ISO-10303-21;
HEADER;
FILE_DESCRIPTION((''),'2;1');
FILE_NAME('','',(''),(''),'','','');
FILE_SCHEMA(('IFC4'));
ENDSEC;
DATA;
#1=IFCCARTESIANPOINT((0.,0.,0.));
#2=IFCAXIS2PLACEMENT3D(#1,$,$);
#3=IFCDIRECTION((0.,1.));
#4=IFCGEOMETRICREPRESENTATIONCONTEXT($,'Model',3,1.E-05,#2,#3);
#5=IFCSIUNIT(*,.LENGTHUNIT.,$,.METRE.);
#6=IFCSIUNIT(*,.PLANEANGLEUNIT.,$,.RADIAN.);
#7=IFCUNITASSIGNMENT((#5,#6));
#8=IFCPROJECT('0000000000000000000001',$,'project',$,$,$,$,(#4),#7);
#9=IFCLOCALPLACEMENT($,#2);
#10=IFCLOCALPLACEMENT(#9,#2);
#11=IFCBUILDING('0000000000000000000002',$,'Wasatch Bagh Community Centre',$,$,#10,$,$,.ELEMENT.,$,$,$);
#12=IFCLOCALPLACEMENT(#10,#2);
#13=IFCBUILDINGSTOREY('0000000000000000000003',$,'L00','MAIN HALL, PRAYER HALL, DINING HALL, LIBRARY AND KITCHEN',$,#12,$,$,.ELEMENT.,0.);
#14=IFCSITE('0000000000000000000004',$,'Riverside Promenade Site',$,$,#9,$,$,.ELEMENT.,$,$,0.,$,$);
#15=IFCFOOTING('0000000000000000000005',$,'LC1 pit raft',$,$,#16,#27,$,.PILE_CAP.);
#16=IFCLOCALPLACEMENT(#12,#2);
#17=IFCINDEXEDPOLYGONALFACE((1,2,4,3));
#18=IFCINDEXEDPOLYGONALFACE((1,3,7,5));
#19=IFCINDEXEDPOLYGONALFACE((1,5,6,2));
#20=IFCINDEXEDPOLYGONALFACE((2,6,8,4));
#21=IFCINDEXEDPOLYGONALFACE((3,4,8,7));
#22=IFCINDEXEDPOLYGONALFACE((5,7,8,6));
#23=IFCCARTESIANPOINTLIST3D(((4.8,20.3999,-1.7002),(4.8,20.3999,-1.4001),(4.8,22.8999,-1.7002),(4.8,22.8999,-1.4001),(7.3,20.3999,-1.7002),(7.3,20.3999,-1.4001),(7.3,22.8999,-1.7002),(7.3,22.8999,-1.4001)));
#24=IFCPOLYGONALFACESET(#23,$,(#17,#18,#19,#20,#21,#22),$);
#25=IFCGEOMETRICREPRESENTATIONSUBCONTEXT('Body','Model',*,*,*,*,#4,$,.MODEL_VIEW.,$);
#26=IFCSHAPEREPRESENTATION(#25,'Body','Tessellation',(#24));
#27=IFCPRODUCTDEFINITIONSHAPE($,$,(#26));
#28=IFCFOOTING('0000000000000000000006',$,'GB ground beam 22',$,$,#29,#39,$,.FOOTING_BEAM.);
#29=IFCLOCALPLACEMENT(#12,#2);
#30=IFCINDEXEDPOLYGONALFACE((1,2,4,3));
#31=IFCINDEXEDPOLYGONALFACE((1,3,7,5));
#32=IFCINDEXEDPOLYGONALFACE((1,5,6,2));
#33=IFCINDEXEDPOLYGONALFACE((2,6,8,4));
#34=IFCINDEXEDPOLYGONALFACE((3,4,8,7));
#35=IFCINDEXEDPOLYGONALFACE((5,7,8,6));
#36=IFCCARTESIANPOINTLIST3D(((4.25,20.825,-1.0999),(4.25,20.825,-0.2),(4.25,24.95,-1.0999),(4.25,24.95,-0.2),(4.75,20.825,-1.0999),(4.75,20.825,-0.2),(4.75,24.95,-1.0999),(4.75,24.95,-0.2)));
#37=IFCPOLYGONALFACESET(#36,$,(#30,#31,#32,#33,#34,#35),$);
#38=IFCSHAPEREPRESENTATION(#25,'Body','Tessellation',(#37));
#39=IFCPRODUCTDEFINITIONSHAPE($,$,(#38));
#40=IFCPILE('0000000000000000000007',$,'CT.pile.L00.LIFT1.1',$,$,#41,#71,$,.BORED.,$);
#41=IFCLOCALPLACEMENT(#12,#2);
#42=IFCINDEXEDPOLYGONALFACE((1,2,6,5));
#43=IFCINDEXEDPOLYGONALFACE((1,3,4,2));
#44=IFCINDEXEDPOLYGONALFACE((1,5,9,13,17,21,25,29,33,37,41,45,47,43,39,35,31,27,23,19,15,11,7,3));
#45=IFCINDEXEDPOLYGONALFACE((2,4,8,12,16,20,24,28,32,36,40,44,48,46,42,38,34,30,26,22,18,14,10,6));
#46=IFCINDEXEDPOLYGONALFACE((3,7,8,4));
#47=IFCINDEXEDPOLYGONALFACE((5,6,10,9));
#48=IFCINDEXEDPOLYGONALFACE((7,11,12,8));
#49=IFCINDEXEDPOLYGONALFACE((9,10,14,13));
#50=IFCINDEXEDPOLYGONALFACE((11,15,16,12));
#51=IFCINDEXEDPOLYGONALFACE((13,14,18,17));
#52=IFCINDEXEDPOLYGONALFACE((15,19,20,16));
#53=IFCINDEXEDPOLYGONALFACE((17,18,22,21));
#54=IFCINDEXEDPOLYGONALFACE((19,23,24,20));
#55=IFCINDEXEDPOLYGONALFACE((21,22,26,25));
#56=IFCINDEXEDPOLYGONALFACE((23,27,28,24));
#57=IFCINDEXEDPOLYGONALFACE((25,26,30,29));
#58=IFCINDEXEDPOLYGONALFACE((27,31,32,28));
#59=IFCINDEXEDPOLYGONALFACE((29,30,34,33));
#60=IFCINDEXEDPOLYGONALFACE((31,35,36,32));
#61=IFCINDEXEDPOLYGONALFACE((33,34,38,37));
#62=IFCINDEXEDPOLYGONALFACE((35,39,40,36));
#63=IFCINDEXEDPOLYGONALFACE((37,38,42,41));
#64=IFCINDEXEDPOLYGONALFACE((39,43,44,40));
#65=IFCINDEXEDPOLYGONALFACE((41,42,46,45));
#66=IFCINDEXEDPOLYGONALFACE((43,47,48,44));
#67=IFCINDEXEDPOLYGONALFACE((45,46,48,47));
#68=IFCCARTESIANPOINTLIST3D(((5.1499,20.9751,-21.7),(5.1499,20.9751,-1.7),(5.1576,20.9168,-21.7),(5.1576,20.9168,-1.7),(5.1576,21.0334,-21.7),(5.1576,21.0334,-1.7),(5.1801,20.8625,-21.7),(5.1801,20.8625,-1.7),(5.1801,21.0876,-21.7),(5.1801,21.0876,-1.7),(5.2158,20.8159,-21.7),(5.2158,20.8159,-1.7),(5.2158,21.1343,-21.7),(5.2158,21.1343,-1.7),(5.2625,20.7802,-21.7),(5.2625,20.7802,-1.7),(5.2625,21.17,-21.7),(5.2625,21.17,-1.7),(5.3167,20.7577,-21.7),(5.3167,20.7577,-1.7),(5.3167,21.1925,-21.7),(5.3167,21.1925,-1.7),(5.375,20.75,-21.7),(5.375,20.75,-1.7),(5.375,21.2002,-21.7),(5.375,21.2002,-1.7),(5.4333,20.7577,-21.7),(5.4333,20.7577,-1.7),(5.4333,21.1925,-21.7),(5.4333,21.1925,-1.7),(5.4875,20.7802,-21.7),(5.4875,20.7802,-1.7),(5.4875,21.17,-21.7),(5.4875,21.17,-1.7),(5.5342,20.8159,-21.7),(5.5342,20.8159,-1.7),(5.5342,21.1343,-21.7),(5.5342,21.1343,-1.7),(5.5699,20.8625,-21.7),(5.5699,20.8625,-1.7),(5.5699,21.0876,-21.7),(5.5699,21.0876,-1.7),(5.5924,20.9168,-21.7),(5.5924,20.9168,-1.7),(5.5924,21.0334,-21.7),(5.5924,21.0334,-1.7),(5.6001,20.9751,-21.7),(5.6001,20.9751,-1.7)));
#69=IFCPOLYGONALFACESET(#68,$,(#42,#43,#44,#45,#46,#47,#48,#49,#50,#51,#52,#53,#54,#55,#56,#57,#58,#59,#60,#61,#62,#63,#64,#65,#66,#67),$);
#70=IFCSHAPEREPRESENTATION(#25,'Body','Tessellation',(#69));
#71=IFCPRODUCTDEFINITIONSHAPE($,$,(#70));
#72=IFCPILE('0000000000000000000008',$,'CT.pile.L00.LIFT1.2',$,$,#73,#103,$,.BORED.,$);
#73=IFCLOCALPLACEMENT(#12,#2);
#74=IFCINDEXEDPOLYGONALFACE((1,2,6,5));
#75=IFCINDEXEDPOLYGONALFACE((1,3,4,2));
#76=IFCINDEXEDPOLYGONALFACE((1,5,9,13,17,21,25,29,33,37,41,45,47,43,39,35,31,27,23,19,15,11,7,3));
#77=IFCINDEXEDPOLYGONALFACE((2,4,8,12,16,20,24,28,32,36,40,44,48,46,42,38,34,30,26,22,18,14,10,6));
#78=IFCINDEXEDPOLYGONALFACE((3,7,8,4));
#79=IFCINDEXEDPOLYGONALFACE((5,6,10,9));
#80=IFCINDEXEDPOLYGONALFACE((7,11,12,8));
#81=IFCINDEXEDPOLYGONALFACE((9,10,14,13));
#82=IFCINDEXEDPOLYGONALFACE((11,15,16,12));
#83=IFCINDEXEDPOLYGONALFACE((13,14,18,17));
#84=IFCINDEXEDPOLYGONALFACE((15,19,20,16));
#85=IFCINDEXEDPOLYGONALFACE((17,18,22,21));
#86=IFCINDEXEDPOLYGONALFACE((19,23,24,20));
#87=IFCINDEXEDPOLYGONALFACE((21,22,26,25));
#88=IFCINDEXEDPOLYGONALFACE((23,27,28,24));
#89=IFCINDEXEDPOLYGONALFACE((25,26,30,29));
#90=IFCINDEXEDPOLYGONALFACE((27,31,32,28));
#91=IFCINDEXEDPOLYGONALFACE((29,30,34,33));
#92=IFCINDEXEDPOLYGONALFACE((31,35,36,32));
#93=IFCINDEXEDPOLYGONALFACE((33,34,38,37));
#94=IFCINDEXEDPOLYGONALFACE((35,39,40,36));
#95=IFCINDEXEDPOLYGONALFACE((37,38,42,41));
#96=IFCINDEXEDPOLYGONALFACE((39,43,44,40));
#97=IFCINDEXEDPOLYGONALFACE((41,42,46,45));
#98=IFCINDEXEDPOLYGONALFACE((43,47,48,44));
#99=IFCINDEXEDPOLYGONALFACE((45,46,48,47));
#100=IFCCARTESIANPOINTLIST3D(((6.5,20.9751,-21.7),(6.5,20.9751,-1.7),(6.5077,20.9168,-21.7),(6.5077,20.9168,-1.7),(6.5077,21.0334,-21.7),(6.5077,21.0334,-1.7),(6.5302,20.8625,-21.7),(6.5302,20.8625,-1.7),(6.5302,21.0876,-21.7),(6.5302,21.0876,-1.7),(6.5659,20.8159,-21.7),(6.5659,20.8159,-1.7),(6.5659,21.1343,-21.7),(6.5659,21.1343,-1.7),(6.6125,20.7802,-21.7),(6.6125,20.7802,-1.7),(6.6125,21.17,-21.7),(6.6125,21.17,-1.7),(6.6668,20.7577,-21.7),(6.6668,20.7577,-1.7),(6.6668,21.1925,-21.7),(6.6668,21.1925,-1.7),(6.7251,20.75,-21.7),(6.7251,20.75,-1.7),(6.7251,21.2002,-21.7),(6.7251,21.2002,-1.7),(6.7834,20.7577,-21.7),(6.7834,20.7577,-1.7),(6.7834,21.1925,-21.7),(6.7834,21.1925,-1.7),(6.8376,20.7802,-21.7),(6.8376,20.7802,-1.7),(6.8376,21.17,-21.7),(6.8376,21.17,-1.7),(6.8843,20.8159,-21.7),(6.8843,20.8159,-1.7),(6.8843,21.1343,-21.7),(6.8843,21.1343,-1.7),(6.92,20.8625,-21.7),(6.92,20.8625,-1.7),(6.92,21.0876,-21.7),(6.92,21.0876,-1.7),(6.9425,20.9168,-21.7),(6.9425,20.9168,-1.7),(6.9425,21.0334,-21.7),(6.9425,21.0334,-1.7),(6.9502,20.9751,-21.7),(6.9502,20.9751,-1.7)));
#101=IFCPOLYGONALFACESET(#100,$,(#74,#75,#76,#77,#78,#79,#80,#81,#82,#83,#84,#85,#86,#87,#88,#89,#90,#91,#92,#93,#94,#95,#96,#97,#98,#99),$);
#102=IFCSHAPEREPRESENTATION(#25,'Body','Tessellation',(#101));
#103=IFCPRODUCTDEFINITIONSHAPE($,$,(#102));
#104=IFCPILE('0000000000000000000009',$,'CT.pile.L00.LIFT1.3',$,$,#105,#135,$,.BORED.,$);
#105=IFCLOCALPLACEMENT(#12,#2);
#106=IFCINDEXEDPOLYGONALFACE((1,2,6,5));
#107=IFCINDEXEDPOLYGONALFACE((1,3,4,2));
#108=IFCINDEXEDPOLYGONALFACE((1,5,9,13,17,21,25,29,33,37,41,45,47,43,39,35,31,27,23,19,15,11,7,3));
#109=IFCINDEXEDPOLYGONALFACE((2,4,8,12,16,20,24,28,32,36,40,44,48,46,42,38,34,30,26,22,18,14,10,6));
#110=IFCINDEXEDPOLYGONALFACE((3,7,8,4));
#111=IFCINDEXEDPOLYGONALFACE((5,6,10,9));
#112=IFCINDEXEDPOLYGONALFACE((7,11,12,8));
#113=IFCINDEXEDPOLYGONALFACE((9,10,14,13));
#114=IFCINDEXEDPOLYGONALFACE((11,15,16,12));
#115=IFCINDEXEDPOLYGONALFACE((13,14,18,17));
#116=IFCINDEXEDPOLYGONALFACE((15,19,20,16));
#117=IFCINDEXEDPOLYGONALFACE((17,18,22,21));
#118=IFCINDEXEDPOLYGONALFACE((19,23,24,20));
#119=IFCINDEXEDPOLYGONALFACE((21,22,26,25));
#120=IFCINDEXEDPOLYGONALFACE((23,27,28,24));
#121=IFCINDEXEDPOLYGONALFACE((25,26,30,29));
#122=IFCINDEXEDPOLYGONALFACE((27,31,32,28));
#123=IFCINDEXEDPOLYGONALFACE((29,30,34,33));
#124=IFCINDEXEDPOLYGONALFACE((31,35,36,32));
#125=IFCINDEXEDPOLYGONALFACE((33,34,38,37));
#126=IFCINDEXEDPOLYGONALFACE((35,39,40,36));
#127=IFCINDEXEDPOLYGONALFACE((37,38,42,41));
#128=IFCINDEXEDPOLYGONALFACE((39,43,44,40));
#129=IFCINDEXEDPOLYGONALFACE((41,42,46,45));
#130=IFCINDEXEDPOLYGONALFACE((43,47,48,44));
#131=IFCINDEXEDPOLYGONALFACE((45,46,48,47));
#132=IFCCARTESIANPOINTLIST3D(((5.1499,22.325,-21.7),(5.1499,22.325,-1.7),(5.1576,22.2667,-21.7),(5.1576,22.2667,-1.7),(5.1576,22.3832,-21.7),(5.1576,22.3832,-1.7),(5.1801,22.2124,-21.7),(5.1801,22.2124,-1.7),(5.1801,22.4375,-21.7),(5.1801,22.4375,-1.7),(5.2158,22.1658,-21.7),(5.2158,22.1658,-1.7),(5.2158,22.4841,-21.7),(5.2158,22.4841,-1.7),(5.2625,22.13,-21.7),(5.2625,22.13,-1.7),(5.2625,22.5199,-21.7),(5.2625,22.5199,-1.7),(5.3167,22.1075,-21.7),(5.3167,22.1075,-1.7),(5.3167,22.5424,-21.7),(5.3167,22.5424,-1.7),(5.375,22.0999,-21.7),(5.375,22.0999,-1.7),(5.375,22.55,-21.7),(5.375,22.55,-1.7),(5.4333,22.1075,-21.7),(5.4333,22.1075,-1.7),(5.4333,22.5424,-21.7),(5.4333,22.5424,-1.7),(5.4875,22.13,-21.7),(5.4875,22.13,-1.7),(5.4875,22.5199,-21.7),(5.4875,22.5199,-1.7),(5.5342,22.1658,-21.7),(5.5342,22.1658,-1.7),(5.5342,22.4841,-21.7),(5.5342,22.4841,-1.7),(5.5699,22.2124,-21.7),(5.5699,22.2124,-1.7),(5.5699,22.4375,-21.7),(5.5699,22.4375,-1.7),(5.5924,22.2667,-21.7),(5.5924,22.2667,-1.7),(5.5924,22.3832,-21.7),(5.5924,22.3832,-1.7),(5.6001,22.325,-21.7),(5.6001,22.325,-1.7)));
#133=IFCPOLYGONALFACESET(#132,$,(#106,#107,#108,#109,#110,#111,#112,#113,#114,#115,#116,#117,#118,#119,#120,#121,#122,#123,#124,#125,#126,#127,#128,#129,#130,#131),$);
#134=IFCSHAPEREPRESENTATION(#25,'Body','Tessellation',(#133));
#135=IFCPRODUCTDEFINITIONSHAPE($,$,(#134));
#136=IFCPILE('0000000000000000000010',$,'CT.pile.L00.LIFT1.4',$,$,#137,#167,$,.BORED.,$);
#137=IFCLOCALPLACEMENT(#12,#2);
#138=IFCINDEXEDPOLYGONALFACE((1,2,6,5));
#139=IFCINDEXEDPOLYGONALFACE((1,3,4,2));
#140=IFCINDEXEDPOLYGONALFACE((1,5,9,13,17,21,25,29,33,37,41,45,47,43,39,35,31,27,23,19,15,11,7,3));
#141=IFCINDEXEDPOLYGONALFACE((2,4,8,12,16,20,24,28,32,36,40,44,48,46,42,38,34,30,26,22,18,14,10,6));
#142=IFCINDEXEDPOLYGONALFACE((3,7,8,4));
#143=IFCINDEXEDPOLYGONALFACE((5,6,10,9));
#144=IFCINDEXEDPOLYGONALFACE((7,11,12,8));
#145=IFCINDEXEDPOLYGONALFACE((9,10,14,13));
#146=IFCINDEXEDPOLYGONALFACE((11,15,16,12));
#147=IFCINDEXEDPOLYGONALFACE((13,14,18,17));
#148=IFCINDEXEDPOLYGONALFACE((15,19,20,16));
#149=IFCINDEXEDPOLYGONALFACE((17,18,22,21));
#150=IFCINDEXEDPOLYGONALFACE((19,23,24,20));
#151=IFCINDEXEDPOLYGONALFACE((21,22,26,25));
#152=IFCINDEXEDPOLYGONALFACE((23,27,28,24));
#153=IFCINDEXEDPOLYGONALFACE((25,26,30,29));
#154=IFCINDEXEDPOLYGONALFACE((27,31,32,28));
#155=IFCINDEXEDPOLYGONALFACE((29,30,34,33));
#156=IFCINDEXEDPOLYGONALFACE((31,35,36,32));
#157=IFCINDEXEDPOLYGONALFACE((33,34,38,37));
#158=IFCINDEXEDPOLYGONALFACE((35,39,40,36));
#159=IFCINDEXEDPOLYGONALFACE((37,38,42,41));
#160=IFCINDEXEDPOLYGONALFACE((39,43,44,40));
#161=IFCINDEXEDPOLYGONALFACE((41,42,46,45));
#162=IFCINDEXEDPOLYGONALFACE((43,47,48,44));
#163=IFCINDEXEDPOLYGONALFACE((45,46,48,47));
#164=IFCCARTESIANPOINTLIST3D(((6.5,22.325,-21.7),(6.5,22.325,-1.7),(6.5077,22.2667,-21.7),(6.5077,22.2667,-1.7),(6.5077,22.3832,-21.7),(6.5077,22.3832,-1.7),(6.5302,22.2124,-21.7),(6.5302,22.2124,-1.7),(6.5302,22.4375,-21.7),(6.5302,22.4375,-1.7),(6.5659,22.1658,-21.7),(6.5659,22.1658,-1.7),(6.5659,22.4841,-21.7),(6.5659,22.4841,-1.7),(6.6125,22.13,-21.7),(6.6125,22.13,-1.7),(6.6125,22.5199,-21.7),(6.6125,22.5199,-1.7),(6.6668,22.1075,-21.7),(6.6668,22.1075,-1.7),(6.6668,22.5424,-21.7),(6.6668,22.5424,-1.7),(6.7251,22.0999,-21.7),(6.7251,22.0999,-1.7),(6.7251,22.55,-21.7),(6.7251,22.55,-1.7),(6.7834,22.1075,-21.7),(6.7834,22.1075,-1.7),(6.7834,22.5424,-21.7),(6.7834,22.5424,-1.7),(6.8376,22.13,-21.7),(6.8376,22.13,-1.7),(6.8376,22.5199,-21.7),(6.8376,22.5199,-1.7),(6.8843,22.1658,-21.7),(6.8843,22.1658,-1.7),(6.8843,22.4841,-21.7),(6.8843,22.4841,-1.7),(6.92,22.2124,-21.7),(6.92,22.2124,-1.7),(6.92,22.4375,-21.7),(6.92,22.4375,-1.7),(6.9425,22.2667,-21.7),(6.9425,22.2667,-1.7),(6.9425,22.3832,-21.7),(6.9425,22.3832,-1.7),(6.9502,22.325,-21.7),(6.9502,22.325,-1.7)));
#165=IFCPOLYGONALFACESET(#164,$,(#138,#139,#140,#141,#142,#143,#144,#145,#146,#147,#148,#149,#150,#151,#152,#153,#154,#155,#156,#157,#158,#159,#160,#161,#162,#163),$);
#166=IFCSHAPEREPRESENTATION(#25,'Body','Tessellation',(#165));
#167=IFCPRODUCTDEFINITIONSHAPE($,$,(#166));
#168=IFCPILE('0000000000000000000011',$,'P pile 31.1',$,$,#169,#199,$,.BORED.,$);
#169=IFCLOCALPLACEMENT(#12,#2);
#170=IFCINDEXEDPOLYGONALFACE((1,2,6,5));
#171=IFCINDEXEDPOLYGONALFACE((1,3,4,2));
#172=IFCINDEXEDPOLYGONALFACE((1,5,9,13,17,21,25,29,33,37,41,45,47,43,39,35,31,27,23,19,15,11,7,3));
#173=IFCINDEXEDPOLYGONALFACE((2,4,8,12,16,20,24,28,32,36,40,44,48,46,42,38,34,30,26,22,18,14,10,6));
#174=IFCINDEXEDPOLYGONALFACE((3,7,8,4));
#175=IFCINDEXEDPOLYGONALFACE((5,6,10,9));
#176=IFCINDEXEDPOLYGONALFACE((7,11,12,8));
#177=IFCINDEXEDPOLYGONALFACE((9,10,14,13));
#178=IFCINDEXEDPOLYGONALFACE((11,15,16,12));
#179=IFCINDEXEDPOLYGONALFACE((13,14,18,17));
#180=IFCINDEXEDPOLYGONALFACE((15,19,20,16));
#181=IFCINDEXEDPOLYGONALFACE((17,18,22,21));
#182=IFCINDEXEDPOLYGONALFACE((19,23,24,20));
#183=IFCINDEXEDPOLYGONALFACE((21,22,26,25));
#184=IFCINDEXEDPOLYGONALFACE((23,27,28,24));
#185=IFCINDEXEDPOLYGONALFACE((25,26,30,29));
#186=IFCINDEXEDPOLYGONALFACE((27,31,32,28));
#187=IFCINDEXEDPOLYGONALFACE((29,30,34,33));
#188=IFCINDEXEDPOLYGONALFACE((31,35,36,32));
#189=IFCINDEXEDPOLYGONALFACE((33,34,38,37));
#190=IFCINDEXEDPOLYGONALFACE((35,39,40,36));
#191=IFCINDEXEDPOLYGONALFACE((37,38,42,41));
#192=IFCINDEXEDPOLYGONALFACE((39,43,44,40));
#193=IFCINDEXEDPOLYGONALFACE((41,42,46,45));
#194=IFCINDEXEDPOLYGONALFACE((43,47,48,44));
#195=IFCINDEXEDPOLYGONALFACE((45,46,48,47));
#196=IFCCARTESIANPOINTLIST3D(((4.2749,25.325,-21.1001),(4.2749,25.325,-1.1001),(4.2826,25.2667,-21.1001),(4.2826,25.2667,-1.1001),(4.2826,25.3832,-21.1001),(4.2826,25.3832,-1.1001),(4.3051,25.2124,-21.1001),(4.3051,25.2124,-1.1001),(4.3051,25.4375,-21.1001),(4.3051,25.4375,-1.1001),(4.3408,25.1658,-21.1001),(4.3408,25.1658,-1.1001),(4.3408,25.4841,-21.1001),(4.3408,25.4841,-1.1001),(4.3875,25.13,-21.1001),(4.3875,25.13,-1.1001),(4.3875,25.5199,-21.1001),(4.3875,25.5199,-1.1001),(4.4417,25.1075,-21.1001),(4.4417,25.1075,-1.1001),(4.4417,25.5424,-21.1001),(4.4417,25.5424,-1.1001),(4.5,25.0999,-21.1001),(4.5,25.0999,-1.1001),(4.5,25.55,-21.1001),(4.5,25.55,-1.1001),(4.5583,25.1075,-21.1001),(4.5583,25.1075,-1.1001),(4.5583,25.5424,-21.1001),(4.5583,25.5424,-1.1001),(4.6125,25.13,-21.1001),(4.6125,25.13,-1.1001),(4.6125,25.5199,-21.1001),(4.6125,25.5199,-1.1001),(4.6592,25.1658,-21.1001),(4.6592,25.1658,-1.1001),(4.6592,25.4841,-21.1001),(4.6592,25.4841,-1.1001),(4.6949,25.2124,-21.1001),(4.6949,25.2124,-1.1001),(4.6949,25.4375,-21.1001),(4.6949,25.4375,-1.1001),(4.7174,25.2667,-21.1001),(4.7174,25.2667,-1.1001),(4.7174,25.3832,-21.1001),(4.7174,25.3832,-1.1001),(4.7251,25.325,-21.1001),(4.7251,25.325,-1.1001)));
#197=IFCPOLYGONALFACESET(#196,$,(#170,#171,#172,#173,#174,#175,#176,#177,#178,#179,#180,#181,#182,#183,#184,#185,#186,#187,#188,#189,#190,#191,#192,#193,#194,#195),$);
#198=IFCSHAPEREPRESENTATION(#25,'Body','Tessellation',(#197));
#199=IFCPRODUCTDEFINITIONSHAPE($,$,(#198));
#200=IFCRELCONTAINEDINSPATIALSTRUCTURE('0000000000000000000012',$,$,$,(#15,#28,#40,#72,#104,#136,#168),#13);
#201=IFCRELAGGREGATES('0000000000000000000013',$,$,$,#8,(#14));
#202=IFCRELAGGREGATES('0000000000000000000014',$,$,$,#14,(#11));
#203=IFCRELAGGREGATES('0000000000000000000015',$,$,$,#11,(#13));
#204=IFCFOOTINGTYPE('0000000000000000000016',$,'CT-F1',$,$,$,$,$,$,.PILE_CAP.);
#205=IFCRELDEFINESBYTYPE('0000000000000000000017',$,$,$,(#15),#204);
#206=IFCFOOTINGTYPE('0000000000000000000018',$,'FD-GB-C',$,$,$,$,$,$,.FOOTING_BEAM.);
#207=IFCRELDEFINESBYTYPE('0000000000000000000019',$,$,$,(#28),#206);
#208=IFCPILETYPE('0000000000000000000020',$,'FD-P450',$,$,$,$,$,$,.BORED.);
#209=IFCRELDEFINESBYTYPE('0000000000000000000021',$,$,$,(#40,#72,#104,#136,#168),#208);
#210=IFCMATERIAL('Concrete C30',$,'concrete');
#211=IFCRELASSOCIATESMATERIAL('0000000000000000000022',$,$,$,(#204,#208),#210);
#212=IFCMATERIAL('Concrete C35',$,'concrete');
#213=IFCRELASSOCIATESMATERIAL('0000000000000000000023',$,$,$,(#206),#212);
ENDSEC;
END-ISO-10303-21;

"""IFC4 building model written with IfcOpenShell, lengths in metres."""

from ifc_helpers import new_model, si_unit, direction, frame, origin, origin_2d, place, context, subcontext, project, spatial, rectangle, circle, extrude, material, material_profile, profile_set, type_object, element, save


model = new_model("IFC4")

# Units and contexts
model_context = context("Model", 3, precision=1e-05, world=origin(), true_north=direction((0.0, 1.0)))
body_context = subcontext(model_context, "Body", "Model", "MODEL_VIEW")
ifc_project = project(units=[si_unit("LENGTHUNIT", "METRE"), si_unit("PLANEANGLEUNIT", "RADIAN")], contexts=[model_context])

# Site, building, storey
site_placement = place(None, origin())
site = spatial("IfcSite", under=ifc_project, at=site_placement, Name="Riverside Promenade Site", CompositionType="ELEMENT", RefElevation=0.0)
building_placement = place(site_placement, origin())
building = spatial("IfcBuilding", under=site, at=building_placement, Name="Wasatch Bagh Community Centre", CompositionType="ELEMENT")
storey_placement = place(building_placement, origin())
storey = spatial("IfcBuildingStorey", under=building, at=storey_placement, Name="L00", Description="MAIN HALL, PRAYER HALL, DINING HALL, LIBRARY AND KITCHEN", CompositionType="ELEMENT", Elevation=0.0)

# Footings
ifc_material_1 = material(Name="Concrete C30", Category="concrete")
footing_type_1 = type_object("IfcFootingType", Name="CT-F1", PredefinedType="PILE_CAP", material=ifc_material_1)
footing_1_placement = place(storey_placement, frame((6.05, 21.6499, -1.7002), z_axis=(0.0, 0.0, 1.0), x_axis=(1.0, 0.0, 0.0)))
element("IfcFooting", 1, at=footing_1_placement, inside=storey, type_object=footing_type_1, Name="LC1 pit raft", PredefinedType="PILE_CAP", context=body_context, shape_type="SweptSolid", body=[
    extrude(rectangle(XDim=2.5, YDim=2.5, at=origin_2d()), origin(), (0.0, 0.0, 1.0), 0.3),
])
ifc_material_2 = material(Name="Concrete C35", Category="concrete")
footing_type_2 = type_object("IfcFootingType", Name="FD-GB-C", PredefinedType="FOOTING_BEAM", material=ifc_material_2)
footing_2_placement = place(storey_placement, frame((4.5, 22.8875, -1.0999), z_axis=(0.0, 0.0, 1.0), x_axis=(0.0, -1.0, 0.0)))
element("IfcFooting", 2, at=footing_2_placement, inside=storey, type_object=footing_type_2, Name="GB ground beam 22", PredefinedType="FOOTING_BEAM", context=body_context, shape_type="SweptSolid", body=[
    extrude(rectangle(XDim=4.125, YDim=0.5, at=origin_2d()), origin(), (0.0, 0.0, 1.0), 0.8999),
])

# Piles
ifc_material_profile_1 = material_profile(ifc_material_1, circle(Radius=0.2251, at=origin_2d()), Name="RC D450")
ifc_profile_set_1 = profile_set([ifc_material_profile_1], Name="Concrete C30")
pile_type = type_object("IfcPileType", Name="FD-P450", PredefinedType="BORED", material=ifc_profile_set_1)
for number, where, z_axis, x_axis, name in (
    (3, (5.375, 20.9751, -1.7), (0.0, 0.0, -1.0), (1.0, 0.0, 0.0), "CT.pile.L00.LIFT1.1"),
    (4, (6.7251, 20.9751, -1.7), (0.0, 0.0, -1.0), (1.0, 0.0, 0.0), "CT.pile.L00.LIFT1.2"),
    (5, (5.375, 22.325, -1.7), (0.0, 0.0, -1.0), (1.0, 0.0, 0.0), "CT.pile.L00.LIFT1.3"),
    (6, (6.7251, 22.325, -1.7), (0.0, 0.0, -1.0), (1.0, 0.0, 0.0), "CT.pile.L00.LIFT1.4"),
    (7, (4.5, 25.325, -1.1001), (0.0, 0.0, -1.0), (1.0, 0.0, 0.0), "P pile 31.1"),
):
    element("IfcPile", number, at=place(storey_placement, frame(where, z_axis=z_axis, x_axis=x_axis)), inside=storey, type_object=pile_type, Name=name, PredefinedType="BORED", context=body_context, shape_type="SweptSolid", body=[
        extrude(circle(Radius=0.2251, at=origin_2d()), origin(), (0.0, 0.0, 1.0), 20.0),
    ])

save(model, "model.ifc")
